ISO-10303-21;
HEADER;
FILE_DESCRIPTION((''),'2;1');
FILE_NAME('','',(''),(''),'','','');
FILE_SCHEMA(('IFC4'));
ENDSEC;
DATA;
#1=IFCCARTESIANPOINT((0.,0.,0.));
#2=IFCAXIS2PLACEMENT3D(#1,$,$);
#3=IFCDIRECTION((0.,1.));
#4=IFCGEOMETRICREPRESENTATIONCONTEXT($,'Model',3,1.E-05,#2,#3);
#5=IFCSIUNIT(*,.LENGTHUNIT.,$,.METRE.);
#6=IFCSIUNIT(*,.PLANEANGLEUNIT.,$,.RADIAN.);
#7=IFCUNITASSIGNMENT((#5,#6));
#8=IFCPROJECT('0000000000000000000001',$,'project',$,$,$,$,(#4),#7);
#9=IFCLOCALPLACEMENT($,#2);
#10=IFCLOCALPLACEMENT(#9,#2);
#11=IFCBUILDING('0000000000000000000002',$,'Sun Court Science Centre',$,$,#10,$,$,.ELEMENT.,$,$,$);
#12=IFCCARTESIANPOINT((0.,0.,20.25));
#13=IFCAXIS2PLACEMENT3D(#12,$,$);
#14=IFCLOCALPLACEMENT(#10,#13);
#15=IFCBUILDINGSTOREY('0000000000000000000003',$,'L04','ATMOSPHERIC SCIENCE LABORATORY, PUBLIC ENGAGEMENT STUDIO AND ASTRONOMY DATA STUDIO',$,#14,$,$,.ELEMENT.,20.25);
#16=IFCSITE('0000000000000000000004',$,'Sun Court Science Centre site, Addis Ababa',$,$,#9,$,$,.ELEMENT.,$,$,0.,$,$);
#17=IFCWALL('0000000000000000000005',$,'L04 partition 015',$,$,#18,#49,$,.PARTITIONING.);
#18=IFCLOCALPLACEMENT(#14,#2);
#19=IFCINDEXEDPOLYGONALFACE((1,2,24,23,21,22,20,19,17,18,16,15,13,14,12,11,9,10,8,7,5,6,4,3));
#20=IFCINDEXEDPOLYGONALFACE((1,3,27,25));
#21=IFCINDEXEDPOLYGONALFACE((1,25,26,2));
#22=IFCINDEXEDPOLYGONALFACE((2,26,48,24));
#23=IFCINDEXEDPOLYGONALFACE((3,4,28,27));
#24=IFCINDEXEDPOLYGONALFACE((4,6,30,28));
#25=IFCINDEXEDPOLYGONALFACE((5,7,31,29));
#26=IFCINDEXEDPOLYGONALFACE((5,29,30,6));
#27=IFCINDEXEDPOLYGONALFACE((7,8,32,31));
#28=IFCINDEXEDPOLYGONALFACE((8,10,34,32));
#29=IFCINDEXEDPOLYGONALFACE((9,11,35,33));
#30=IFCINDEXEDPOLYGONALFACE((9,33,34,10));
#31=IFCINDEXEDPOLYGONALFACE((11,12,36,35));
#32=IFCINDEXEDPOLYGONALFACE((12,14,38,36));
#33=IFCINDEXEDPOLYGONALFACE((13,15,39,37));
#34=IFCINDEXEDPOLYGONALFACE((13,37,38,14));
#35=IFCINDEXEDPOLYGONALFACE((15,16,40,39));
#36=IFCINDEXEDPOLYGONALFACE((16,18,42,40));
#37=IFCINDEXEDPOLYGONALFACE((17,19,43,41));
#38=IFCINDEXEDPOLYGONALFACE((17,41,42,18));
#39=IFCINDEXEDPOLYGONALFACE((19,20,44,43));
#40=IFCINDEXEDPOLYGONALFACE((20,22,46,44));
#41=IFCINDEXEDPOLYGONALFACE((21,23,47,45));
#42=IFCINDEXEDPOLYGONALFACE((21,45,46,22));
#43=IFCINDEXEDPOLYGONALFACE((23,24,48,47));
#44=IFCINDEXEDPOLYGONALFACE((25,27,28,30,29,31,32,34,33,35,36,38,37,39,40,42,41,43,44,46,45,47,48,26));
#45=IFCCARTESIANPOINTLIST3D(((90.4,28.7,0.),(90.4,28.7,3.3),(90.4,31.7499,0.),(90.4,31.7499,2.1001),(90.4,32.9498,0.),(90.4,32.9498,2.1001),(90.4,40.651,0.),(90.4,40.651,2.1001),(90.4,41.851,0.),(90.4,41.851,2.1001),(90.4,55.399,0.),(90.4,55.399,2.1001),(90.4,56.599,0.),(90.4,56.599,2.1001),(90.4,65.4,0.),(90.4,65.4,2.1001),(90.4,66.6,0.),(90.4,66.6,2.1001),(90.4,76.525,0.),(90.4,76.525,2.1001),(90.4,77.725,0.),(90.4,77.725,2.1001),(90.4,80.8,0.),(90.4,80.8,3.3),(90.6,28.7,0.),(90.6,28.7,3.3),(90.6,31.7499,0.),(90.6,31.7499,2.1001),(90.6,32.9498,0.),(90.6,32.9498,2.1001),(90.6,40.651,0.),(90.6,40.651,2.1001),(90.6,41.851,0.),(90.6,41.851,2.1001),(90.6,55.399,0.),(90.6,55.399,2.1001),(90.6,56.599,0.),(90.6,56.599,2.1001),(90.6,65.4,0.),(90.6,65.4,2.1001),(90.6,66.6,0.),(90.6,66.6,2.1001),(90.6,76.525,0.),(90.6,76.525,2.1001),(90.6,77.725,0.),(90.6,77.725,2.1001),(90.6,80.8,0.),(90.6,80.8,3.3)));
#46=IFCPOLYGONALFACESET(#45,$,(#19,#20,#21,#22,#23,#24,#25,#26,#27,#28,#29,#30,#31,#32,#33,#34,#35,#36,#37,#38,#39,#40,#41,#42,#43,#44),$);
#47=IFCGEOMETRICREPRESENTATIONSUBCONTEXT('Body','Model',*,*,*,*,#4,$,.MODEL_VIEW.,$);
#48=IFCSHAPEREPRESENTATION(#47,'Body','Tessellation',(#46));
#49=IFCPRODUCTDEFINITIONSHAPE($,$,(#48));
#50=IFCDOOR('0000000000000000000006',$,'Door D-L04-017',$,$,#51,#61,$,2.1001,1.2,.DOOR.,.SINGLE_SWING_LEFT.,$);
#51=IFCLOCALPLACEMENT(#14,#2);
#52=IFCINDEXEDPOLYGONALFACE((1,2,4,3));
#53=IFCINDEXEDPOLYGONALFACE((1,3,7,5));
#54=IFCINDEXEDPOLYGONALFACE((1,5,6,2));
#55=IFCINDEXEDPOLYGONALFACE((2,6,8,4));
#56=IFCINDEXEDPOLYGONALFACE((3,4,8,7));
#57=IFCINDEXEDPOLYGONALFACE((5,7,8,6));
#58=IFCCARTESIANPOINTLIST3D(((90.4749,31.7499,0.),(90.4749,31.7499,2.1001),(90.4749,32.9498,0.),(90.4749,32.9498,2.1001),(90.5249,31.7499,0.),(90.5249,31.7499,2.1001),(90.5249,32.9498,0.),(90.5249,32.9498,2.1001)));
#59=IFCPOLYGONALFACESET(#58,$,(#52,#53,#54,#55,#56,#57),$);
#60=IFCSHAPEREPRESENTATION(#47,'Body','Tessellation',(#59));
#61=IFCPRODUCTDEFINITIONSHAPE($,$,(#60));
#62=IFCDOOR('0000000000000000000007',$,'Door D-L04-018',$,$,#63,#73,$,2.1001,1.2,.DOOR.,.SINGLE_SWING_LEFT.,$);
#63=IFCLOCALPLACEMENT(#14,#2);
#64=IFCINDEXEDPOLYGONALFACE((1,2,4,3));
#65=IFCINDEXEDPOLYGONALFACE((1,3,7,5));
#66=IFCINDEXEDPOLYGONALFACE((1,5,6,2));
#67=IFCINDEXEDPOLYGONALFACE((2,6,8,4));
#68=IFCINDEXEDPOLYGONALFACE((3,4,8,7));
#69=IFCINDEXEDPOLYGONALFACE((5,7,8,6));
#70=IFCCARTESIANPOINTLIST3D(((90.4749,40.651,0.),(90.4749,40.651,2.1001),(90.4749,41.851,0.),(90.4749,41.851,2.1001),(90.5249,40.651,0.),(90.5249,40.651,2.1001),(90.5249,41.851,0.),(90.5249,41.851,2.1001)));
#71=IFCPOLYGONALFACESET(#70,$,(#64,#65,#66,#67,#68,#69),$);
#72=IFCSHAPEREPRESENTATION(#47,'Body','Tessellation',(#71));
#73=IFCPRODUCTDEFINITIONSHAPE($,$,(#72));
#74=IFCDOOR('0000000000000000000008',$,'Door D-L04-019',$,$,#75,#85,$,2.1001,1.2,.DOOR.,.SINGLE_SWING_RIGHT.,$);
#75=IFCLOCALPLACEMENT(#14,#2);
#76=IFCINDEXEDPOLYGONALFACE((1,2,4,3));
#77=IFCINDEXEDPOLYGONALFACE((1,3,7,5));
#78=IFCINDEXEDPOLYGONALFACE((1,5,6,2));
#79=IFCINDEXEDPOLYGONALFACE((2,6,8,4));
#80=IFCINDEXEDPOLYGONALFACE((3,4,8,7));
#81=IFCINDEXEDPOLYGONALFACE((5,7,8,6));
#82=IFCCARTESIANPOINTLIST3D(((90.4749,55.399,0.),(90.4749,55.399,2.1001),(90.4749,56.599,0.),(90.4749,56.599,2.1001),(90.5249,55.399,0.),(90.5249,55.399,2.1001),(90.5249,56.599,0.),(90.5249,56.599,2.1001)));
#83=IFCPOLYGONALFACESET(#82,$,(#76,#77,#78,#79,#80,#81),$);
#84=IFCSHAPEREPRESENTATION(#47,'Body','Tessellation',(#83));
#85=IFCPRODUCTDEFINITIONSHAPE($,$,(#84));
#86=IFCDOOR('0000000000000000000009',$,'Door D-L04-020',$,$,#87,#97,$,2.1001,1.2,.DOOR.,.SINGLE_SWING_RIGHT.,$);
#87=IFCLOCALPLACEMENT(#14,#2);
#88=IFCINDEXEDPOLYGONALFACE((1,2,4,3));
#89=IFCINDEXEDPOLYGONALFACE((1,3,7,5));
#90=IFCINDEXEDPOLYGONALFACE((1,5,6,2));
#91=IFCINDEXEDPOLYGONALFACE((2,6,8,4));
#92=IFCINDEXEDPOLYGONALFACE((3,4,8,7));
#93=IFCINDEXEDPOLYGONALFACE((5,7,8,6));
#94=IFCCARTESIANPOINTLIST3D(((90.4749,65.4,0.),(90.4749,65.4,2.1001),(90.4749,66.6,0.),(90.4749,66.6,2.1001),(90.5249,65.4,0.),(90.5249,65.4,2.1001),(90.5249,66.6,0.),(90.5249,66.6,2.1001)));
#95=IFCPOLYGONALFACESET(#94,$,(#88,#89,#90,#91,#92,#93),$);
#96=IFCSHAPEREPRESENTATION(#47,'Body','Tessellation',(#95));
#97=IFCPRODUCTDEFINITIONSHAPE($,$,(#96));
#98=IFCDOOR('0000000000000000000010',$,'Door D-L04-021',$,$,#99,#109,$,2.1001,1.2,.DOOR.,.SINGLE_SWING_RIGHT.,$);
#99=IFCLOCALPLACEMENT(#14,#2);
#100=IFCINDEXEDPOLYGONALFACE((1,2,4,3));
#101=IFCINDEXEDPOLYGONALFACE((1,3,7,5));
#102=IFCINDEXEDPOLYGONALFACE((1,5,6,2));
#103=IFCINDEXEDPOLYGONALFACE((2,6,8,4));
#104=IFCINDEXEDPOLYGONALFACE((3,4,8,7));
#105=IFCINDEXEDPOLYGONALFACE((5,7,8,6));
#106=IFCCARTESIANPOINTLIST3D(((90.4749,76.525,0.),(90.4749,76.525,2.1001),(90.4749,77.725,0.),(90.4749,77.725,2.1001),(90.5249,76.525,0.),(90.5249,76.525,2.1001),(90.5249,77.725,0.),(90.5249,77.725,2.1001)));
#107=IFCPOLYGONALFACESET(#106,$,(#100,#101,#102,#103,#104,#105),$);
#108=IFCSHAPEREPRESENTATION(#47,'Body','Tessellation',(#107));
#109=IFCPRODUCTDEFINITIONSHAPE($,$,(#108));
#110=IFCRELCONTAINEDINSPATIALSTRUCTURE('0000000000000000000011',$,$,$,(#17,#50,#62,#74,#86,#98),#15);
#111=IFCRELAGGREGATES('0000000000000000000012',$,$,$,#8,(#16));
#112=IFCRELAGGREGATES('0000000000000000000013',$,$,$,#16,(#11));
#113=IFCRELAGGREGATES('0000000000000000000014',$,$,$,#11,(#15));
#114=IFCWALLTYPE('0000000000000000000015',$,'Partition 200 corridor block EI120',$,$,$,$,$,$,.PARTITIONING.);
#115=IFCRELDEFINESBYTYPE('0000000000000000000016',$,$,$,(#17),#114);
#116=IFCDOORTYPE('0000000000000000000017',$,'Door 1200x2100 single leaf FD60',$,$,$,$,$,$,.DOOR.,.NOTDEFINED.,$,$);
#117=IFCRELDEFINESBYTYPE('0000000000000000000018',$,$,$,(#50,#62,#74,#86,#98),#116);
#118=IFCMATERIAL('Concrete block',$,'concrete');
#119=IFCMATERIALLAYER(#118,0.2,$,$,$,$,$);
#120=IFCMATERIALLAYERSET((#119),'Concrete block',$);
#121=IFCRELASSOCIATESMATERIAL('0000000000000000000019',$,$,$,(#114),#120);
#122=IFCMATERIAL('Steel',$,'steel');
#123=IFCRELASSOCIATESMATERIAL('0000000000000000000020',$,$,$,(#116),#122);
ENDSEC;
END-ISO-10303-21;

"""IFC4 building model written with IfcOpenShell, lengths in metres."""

from ifc_helpers import new_model, si_unit, direction, frame, frame_2d, origin, place, context, subcontext, project, spatial, rectangle, extrude, material, layer, layer_set, type_object, element, fill, save


model = new_model("IFC4")

# Units and contexts
model_context = context("Model", 3, precision=1e-05, world=origin(), true_north=direction((0.0, 1.0)))
body_context = subcontext(model_context, "Body", "Model", "MODEL_VIEW")
ifc_project = project(units=[si_unit("LENGTHUNIT", "METRE"), si_unit("PLANEANGLEUNIT", "RADIAN")], contexts=[model_context])

# Site, building, storey
site_placement = place(None, origin())
site = spatial("IfcSite", under=ifc_project, at=site_placement, Name="Sun Court Science Centre site, Addis Ababa", CompositionType="ELEMENT", RefElevation=0.0)
building_placement = place(site_placement, origin())
building = spatial("IfcBuilding", under=site, at=building_placement, Name="Sun Court Science Centre", CompositionType="ELEMENT")
storey_placement = place(building_placement, frame((0.0, 0.0, 20.25)))
storey = spatial("IfcBuildingStorey", under=building, at=storey_placement, Name="L04", Description="ATMOSPHERIC SCIENCE LABORATORY, PUBLIC ENGAGEMENT STUDIO AND ASTRONOMY DATA STUDIO", CompositionType="ELEMENT", Elevation=20.25)

# Wall, openings, doors
ifc_material_1 = material(Name="Concrete block", Category="concrete")
ifc_layer_1 = layer(ifc_material_1, 0.2)
ifc_layer_set_1 = layer_set([ifc_layer_1], Name="Concrete block")
wall_type_1 = type_object("IfcWallType", Name="Partition 200 corridor block EI120", PredefinedType="PARTITIONING", material=ifc_layer_set_1)
wall_1_placement = place(storey_placement, frame((90.5, 80.8, 0.0), z_axis=(0.0, 0.0, 1.0), x_axis=(0.0, -1.0, 0.0)))
wall_1 = element("IfcWall", 1, at=wall_1_placement, inside=storey, type_object=wall_type_1, Name="L04 partition 015", PredefinedType="PARTITIONING", context=body_context, shape_type="SweptSolid", body=[
    extrude(rectangle(XDim=52.1001, YDim=0.2, at=frame_2d((26.05, 0.0))), origin(), (0.0, 0.0, 1.0), 3.3),
])
opening_1_placement = place(wall_1_placement, frame((47.8501, 0.0, 0.0)))
opening_1 = element("IfcOpeningElement", 2, at=opening_1_placement, cuts=wall_1, PredefinedType="OPENING", context=body_context, shape_type="SweptSolid", body=[
    extrude(rectangle(XDim=1.2, YDim=2.1001, at=frame_2d((0.6001, 1.05))), frame((0.0, 0.1099, 0.0), z_axis=(0.0, -1.0, 0.0), x_axis=(1.0, 0.0, 0.0)), (0.0, 0.0, 1.0), 0.22),
])
opening_2_placement = place(wall_1_placement, frame((38.949, 0.0, 0.0)))
opening_2 = element("IfcOpeningElement", 3, at=opening_2_placement, cuts=wall_1, PredefinedType="OPENING", context=body_context, shape_type="SweptSolid", body=[
    extrude(rectangle(XDim=1.2, YDim=2.1001, at=frame_2d((0.6001, 1.05))), frame((0.0, 0.1099, 0.0), z_axis=(0.0, -1.0, 0.0), x_axis=(1.0, 0.0, 0.0)), (0.0, 0.0, 1.0), 0.22),
])
opening_3_placement = place(wall_1_placement, frame((24.2009, 0.0, 0.0)))
opening_3 = element("IfcOpeningElement", 4, at=opening_3_placement, cuts=wall_1, PredefinedType="OPENING", context=body_context, shape_type="SweptSolid", body=[
    extrude(rectangle(XDim=1.2, YDim=2.1001, at=frame_2d((0.6001, 1.05))), frame((0.0, 0.1099, 0.0), z_axis=(0.0, -1.0, 0.0), x_axis=(1.0, 0.0, 0.0)), (0.0, 0.0, 1.0), 0.22),
])
opening_4_placement = place(wall_1_placement, frame((14.2, 0.0, 0.0)))
opening_4 = element("IfcOpeningElement", 5, at=opening_4_placement, cuts=wall_1, PredefinedType="OPENING", context=body_context, shape_type="SweptSolid", body=[
    extrude(rectangle(XDim=1.2, YDim=2.1001, at=frame_2d((0.6001, 1.05))), frame((0.0, 0.1099, 0.0), z_axis=(0.0, -1.0, 0.0), x_axis=(1.0, 0.0, 0.0)), (0.0, 0.0, 1.0), 0.22),
])
opening_5_placement = place(wall_1_placement, frame((3.075, 0.0, 0.0)))
opening_5 = element("IfcOpeningElement", 6, at=opening_5_placement, cuts=wall_1, PredefinedType="OPENING", context=body_context, shape_type="SweptSolid", body=[
    extrude(rectangle(XDim=1.2, YDim=2.1001, at=frame_2d((0.6001, 1.05))), frame((0.0, 0.1099, 0.0), z_axis=(0.0, -1.0, 0.0), x_axis=(1.0, 0.0, 0.0)), (0.0, 0.0, 1.0), 0.22),
])
ifc_material_2 = material(Name="Steel", Category="steel")
door_type = type_object("IfcDoorType", Name="Door 1200x2100 single leaf FD60", OperationType="NOTDEFINED", PredefinedType="DOOR", material=ifc_material_2)
door_1_placement = place(opening_1_placement, origin())
door_1 = element("IfcDoor", 7, at=door_1_placement, inside=storey, type_object=door_type, Name="Door D-L04-017", OperationType="SINGLE_SWING_LEFT", OverallHeight=2.1001, OverallWidth=1.2, PredefinedType="DOOR", context=body_context, shape_type="SweptSolid", body=[
    extrude(rectangle(XDim=1.2, YDim=2.1001, at=frame_2d((0.6001, 1.05))), frame((0.0, 0.0249, 0.0), z_axis=(0.0, -1.0, 0.0), x_axis=(1.0, 0.0, 0.0)), (0.0, 0.0, 1.0), 0.05),
])
fill(opening_1, door_1)
door_2_placement = place(opening_2_placement, origin())
door_2 = element("IfcDoor", 8, at=door_2_placement, inside=storey, type_object=door_type, Name="Door D-L04-018", OperationType="SINGLE_SWING_LEFT", OverallHeight=2.1001, OverallWidth=1.2, PredefinedType="DOOR", context=body_context, shape_type="SweptSolid", body=[
    extrude(rectangle(XDim=1.2, YDim=2.1001, at=frame_2d((0.6001, 1.05))), frame((0.0, 0.0249, 0.0), z_axis=(0.0, -1.0, 0.0), x_axis=(1.0, 0.0, 0.0)), (0.0, 0.0, 1.0), 0.05),
])
fill(opening_2, door_2)
door_3_placement = place(opening_3_placement, origin())
door_3 = element("IfcDoor", 9, at=door_3_placement, inside=storey, type_object=door_type, Name="Door D-L04-019", OperationType="SINGLE_SWING_RIGHT", OverallHeight=2.1001, OverallWidth=1.2, PredefinedType="DOOR", context=body_context, shape_type="SweptSolid", body=[
    extrude(rectangle(XDim=1.2, YDim=2.1001, at=frame_2d((0.6001, 1.05))), frame((0.0, 0.0249, 0.0), z_axis=(0.0, -1.0, 0.0), x_axis=(1.0, 0.0, 0.0)), (0.0, 0.0, 1.0), 0.05),
])
fill(opening_3, door_3)
door_4_placement = place(opening_4_placement, origin())
door_4 = element("IfcDoor", 10, at=door_4_placement, inside=storey, type_object=door_type, Name="Door D-L04-020", OperationType="SINGLE_SWING_RIGHT", OverallHeight=2.1001, OverallWidth=1.2, PredefinedType="DOOR", context=body_context, shape_type="SweptSolid", body=[
    extrude(rectangle(XDim=1.2, YDim=2.1001, at=frame_2d((0.6001, 1.05))), frame((0.0, 0.0249, 0.0), z_axis=(0.0, -1.0, 0.0), x_axis=(1.0, 0.0, 0.0)), (0.0, 0.0, 1.0), 0.05),
])
fill(opening_4, door_4)
door_5_placement = place(opening_5_placement, origin())
door_5 = element("IfcDoor", 11, at=door_5_placement, inside=storey, type_object=door_type, Name="Door D-L04-021", OperationType="SINGLE_SWING_RIGHT", OverallHeight=2.1001, OverallWidth=1.2, PredefinedType="DOOR", context=body_context, shape_type="SweptSolid", body=[
    extrude(rectangle(XDim=1.2, YDim=2.1001, at=frame_2d((0.6001, 1.05))), frame((0.0, 0.0249, 0.0), z_axis=(0.0, -1.0, 0.0), x_axis=(1.0, 0.0, 0.0)), (0.0, 0.0, 1.0), 0.05),
])
fill(opening_5, door_5)

save(model, "model.ifc")
